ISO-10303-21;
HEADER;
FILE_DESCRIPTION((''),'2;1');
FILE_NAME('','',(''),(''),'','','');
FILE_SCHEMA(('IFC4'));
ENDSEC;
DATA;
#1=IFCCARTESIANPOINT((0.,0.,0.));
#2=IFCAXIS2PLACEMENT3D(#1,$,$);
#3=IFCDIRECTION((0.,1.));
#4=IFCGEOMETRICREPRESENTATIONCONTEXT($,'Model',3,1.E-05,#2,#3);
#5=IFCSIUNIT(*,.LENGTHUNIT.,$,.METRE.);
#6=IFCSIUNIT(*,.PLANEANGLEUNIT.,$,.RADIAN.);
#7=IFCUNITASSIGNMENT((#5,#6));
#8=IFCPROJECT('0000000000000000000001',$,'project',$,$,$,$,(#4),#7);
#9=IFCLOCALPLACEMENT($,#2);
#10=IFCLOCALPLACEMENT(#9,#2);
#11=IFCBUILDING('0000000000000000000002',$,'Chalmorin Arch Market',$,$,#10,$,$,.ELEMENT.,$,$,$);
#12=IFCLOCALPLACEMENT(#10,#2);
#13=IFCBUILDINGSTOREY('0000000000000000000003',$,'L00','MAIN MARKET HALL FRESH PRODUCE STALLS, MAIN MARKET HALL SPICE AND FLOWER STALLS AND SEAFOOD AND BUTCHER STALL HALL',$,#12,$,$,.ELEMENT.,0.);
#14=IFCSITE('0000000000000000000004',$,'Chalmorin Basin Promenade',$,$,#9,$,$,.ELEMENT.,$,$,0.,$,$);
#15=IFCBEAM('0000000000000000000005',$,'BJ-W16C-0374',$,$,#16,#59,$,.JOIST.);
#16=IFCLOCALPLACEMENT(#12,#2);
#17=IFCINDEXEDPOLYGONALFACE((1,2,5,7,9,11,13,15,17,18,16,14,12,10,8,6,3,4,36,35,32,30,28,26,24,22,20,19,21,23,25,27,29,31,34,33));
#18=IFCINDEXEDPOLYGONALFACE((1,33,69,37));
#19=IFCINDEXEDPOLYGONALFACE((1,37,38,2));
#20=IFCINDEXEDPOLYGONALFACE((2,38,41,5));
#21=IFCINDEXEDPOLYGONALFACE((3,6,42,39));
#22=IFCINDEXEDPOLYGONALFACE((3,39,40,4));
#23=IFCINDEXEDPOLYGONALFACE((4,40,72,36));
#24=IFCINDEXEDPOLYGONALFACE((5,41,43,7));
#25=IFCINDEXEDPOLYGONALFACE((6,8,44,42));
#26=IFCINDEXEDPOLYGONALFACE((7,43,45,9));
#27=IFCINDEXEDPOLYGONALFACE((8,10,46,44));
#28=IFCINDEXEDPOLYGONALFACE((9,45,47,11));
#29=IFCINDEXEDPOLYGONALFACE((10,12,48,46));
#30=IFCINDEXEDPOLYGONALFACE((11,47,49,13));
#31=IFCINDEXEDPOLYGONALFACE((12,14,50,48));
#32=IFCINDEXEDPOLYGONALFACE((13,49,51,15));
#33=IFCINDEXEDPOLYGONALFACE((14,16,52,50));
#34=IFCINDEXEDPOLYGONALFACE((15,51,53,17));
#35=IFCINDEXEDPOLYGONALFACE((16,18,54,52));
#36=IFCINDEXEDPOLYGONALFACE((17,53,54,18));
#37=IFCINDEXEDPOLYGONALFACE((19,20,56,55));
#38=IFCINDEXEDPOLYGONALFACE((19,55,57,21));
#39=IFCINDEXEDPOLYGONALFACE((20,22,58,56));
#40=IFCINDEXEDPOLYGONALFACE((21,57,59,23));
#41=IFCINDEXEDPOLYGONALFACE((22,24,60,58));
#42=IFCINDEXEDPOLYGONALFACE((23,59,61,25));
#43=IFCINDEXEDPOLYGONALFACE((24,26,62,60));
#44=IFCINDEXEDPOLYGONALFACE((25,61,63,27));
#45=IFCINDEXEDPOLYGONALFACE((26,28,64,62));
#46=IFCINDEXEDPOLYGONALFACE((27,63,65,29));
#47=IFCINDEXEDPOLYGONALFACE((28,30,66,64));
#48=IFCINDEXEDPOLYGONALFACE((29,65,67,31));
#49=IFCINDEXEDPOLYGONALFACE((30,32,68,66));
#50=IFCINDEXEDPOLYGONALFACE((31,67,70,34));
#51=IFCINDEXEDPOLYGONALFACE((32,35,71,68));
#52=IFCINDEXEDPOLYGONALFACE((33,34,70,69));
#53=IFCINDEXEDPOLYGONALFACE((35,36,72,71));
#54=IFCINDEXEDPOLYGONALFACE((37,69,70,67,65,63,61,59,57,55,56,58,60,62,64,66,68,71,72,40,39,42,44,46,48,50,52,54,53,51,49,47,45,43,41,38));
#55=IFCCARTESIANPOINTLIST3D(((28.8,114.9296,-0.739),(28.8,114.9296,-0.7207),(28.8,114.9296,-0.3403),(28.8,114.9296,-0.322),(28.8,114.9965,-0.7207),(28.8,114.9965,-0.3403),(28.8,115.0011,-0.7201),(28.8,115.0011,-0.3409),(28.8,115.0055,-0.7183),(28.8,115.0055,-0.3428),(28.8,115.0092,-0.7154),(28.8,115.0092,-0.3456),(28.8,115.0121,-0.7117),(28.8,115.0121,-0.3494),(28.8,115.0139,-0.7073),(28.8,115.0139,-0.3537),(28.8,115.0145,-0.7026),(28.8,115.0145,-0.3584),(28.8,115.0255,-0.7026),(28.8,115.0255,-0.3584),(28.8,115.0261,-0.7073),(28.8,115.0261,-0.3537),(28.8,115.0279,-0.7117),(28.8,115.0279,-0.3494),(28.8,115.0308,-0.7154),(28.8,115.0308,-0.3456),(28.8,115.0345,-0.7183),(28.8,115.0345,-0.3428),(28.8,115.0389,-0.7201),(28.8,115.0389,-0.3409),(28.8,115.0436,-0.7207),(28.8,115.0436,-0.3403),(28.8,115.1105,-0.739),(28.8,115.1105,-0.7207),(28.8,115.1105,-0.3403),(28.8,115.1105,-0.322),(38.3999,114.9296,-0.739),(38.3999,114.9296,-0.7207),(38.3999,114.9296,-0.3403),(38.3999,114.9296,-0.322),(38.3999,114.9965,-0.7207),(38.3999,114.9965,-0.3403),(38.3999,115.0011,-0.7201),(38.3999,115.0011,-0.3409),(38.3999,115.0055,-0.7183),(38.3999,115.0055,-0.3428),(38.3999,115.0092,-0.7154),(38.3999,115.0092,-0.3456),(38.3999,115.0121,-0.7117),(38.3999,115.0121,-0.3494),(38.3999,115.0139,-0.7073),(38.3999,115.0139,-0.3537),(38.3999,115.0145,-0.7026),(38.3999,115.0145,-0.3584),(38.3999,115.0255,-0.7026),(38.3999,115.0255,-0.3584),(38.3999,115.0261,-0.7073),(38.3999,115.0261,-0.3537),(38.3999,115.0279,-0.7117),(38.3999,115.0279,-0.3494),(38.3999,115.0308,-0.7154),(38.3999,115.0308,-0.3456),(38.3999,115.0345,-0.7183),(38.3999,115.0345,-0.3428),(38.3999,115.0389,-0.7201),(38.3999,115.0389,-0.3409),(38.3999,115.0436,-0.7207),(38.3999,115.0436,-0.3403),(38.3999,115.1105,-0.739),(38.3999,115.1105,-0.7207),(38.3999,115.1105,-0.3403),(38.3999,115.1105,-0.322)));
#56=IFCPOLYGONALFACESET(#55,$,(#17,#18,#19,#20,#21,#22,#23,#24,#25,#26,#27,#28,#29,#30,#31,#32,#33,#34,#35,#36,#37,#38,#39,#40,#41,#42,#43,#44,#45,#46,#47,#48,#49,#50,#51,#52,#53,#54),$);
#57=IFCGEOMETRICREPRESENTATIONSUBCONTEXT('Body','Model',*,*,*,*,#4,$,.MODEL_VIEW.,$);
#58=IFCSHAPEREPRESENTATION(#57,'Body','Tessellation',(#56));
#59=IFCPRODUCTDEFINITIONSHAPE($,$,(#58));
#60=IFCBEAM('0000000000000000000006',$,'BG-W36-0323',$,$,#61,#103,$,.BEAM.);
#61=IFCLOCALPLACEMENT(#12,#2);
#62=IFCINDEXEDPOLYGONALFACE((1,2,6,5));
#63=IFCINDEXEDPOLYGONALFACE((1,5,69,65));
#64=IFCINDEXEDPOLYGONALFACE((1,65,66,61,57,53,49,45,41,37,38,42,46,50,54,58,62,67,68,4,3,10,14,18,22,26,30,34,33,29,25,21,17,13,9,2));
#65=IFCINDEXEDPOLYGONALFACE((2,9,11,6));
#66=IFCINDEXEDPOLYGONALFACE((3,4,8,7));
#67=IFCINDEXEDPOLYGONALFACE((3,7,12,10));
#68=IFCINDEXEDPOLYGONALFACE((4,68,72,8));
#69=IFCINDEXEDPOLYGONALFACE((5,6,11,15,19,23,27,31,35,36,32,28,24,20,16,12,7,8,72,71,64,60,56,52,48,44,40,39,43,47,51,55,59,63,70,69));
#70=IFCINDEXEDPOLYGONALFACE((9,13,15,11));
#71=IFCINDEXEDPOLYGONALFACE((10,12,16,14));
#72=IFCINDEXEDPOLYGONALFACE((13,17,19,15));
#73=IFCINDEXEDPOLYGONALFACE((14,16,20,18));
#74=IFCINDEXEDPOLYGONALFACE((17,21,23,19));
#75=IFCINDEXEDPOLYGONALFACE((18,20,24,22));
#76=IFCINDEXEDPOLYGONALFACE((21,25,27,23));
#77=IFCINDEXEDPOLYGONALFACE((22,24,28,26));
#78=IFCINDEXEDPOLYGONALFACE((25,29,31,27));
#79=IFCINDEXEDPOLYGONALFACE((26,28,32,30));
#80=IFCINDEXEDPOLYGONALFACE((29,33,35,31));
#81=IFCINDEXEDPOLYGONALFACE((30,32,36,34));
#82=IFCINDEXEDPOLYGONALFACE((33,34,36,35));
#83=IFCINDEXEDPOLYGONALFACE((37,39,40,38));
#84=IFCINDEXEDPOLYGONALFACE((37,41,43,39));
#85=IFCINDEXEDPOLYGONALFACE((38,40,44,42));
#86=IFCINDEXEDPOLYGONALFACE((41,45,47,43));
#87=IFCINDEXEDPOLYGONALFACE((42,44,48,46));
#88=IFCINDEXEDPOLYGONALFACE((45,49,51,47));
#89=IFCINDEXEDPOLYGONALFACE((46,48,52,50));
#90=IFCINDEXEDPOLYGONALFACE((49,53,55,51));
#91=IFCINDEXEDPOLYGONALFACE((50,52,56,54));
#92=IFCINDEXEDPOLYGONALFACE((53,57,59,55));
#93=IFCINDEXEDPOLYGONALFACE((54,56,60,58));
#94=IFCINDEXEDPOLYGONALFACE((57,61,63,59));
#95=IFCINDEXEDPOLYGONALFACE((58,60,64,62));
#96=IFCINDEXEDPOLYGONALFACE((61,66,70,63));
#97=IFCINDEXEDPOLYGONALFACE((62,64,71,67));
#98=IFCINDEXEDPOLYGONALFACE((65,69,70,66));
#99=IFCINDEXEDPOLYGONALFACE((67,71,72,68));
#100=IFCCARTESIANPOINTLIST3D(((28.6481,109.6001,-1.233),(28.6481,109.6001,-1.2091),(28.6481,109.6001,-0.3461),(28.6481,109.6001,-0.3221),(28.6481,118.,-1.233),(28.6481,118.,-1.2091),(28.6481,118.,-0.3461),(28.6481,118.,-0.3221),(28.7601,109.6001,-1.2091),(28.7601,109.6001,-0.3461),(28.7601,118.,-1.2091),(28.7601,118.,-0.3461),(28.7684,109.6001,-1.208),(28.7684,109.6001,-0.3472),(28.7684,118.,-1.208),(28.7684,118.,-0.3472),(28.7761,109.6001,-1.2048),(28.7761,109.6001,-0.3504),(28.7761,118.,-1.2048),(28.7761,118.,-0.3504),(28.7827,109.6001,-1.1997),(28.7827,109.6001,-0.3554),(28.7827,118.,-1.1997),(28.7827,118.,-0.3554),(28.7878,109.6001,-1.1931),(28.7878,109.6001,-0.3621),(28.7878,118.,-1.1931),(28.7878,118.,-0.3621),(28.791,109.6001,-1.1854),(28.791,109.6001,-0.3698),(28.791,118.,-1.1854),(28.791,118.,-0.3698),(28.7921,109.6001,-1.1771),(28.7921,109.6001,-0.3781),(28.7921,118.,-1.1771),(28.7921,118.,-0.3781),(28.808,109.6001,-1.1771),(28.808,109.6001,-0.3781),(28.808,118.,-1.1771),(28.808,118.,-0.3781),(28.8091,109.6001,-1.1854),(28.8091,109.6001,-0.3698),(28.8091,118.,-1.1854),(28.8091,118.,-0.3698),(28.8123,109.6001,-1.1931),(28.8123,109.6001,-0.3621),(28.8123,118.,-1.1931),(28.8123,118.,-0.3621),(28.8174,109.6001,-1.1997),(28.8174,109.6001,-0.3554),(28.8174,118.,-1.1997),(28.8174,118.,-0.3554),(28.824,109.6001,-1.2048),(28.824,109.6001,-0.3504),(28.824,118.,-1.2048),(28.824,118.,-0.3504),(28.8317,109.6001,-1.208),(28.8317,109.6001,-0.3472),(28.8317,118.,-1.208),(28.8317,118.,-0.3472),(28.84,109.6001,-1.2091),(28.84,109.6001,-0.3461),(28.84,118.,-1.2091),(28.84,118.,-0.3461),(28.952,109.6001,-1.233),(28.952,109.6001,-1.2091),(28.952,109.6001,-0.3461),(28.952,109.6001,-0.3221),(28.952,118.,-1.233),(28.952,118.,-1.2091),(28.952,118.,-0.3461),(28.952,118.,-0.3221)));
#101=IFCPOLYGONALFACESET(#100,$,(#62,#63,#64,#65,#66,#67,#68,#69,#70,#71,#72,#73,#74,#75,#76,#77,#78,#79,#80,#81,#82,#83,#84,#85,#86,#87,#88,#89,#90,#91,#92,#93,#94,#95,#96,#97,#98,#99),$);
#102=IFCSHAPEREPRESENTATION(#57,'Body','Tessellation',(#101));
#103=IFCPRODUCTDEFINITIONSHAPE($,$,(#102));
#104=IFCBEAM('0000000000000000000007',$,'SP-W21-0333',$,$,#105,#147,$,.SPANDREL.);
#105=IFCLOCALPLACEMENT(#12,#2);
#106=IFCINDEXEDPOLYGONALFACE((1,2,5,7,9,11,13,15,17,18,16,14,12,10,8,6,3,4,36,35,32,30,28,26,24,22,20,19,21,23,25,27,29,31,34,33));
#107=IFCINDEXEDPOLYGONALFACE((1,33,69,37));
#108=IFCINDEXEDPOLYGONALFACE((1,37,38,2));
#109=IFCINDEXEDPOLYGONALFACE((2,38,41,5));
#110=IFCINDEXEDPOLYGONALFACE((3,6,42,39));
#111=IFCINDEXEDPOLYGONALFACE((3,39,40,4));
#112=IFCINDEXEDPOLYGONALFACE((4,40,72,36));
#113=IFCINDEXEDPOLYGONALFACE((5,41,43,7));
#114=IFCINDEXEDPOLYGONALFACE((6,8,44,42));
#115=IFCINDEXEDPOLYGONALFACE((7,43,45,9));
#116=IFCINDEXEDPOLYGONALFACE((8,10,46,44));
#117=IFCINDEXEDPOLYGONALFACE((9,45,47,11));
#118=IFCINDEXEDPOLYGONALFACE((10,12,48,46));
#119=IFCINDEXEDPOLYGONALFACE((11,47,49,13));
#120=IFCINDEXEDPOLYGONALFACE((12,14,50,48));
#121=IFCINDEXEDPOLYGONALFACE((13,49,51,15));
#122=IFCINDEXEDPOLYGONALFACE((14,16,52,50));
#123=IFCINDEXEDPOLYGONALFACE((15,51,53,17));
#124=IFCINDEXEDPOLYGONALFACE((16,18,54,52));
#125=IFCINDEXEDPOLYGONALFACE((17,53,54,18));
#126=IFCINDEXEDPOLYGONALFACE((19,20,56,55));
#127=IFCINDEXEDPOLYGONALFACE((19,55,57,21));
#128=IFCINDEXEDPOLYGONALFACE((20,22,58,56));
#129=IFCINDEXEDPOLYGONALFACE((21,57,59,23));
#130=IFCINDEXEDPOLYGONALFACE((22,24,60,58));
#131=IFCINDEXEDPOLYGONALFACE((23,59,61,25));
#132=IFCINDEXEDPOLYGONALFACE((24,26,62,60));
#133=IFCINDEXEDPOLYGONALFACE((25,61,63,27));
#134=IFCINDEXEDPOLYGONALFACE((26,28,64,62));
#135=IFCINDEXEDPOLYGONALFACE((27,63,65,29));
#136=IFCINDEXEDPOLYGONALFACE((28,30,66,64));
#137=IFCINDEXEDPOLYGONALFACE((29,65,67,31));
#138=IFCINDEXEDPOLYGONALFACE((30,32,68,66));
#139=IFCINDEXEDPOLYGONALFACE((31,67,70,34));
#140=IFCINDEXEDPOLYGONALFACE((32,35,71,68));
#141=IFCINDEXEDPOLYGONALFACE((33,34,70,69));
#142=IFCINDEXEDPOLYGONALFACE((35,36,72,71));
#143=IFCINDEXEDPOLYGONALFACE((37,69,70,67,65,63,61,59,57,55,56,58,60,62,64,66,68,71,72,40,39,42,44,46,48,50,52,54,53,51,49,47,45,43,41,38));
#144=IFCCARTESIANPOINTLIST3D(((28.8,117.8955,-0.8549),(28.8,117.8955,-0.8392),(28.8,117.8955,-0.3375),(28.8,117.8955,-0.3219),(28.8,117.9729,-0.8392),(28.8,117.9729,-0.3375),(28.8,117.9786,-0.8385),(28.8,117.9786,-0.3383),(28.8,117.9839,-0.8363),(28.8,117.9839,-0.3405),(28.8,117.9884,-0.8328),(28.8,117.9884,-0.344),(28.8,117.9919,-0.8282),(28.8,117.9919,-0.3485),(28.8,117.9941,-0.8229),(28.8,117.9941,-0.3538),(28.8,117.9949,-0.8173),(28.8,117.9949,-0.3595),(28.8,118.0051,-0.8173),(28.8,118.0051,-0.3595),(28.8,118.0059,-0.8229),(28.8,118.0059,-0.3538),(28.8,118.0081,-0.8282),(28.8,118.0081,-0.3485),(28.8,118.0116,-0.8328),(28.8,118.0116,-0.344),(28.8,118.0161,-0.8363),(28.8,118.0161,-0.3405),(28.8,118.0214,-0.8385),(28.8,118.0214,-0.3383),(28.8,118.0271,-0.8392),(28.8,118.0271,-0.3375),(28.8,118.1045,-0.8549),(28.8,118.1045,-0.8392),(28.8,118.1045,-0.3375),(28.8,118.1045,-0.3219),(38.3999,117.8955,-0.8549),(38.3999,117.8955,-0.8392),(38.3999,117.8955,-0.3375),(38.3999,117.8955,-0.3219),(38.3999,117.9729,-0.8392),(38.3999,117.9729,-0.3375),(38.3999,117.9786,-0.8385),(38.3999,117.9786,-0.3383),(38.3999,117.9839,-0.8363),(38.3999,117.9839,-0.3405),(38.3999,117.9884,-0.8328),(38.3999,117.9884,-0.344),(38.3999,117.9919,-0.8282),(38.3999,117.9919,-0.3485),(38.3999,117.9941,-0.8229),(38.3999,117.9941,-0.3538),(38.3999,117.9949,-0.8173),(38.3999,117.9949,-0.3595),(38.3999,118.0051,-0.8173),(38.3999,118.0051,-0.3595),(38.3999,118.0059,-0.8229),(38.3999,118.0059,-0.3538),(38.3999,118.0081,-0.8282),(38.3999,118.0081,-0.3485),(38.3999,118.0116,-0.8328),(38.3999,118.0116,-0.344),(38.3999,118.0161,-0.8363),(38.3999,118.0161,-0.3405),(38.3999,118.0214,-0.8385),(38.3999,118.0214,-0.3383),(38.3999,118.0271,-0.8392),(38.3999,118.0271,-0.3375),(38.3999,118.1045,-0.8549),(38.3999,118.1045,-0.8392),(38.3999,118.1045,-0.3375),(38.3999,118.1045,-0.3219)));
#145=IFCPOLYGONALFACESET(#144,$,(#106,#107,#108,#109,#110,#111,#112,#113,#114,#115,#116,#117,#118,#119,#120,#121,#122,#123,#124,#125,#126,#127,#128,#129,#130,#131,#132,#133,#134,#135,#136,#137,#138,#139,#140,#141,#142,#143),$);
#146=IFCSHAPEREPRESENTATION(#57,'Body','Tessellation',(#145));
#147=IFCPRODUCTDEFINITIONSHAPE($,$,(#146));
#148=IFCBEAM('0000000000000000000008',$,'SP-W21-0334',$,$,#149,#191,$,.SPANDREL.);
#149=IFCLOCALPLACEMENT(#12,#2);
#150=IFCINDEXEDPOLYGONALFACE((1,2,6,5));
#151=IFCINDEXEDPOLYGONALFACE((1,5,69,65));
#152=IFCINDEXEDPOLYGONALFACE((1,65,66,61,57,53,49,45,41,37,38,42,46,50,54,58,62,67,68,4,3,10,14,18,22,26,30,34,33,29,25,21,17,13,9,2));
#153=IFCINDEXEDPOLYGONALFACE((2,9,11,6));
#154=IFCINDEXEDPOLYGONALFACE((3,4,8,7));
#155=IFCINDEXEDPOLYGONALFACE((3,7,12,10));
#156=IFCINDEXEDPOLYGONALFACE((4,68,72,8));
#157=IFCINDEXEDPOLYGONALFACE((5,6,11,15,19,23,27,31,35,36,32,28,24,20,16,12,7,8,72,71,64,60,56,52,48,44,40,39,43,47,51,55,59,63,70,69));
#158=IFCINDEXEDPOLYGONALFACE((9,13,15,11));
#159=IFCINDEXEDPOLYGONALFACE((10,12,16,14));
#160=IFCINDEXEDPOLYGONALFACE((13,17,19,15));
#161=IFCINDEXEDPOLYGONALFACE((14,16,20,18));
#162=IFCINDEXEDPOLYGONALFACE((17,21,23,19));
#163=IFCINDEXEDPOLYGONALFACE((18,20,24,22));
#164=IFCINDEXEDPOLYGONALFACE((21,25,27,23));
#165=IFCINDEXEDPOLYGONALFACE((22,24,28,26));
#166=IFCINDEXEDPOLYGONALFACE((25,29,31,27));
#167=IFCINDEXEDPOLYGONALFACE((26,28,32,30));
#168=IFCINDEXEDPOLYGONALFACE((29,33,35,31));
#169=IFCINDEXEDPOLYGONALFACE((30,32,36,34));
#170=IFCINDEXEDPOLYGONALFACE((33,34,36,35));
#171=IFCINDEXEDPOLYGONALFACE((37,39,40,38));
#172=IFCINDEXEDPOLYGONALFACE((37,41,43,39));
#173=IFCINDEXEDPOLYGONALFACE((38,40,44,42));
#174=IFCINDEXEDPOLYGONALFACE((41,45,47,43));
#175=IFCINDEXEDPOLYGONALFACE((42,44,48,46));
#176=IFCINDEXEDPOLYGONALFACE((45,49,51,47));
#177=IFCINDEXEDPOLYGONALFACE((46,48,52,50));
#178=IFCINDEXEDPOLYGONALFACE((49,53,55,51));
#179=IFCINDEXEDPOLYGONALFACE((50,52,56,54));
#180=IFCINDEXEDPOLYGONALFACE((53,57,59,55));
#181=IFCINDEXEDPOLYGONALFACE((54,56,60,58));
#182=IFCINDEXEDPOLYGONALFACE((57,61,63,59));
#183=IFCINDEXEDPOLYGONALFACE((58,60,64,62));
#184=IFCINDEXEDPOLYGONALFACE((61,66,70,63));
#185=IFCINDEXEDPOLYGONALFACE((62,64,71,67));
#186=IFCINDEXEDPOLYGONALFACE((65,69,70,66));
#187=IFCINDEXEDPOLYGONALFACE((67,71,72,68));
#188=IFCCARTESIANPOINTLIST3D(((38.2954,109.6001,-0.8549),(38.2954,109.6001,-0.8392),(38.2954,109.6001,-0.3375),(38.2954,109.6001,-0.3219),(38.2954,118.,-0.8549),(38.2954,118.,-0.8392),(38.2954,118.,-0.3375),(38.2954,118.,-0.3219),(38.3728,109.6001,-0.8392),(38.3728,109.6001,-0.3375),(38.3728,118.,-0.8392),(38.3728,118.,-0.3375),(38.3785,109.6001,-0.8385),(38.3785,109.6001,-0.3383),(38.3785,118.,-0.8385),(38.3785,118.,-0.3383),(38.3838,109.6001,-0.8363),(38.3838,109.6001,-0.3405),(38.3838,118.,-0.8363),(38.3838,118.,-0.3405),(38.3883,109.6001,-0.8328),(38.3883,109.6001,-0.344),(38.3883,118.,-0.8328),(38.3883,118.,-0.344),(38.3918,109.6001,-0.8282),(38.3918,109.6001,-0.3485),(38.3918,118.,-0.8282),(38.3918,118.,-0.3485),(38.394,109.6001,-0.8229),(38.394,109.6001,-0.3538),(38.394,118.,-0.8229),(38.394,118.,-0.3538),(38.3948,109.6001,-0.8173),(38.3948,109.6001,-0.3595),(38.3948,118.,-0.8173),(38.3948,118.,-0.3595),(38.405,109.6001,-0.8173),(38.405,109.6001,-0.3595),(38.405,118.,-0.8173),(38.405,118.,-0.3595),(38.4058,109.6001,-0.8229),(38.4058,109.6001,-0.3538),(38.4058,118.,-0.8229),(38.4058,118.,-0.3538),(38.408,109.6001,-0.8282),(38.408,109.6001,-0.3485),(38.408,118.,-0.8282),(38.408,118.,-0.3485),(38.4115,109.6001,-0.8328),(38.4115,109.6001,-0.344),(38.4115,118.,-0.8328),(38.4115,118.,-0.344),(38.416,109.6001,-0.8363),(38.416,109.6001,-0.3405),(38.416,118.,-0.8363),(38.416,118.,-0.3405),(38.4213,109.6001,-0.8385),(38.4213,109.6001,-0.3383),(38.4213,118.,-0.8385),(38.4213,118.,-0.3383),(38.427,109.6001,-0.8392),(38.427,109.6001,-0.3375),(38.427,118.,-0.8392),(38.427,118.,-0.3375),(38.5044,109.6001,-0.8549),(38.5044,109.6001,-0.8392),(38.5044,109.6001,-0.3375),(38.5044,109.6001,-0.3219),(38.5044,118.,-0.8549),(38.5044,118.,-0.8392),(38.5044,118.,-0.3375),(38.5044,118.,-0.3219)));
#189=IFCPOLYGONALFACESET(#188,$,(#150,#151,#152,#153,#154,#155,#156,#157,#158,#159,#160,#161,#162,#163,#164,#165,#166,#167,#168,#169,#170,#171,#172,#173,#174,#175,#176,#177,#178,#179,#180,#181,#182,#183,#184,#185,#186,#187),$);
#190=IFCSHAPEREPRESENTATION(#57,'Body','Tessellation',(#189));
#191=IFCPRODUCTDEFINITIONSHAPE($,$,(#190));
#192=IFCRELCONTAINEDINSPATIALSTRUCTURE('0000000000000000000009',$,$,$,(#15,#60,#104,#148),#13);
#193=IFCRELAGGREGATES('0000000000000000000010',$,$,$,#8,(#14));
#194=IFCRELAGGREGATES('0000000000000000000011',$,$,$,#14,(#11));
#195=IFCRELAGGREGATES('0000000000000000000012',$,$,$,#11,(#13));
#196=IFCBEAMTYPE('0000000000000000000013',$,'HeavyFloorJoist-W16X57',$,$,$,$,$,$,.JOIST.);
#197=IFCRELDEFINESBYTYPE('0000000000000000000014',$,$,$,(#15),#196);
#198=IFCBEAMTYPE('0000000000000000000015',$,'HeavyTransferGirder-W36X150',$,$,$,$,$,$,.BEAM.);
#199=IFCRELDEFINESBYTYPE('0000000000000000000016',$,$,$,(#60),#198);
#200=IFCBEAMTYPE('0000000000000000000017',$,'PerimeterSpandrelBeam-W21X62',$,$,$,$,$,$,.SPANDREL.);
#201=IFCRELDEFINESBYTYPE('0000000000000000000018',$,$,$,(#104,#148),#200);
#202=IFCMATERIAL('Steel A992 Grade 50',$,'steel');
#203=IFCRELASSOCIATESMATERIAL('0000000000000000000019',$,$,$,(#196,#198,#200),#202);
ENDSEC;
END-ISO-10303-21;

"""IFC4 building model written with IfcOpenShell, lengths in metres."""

from ifc_helpers import new_model, si_unit, direction, frame, origin, origin_2d, place, context, subcontext, project, spatial, i_section, extrude, material, material_profile, profile_set, type_object, element, save


model = new_model("IFC4")

# Units and contexts
model_context = context("Model", 3, precision=1e-05, world=origin(), true_north=direction((0.0, 1.0)))
body_context = subcontext(model_context, "Body", "Model", "MODEL_VIEW")
ifc_project = project(units=[si_unit("LENGTHUNIT", "METRE"), si_unit("PLANEANGLEUNIT", "RADIAN")], contexts=[model_context])

# Site, building, storey
site_placement = place(None, origin())
site = spatial("IfcSite", under=ifc_project, at=site_placement, Name="Chalmorin Basin Promenade", CompositionType="ELEMENT", RefElevation=0.0)
building_placement = place(site_placement, origin())
building = spatial("IfcBuilding", under=site, at=building_placement, Name="Chalmorin Arch Market", CompositionType="ELEMENT")
storey_placement = place(building_placement, origin())
storey = spatial("IfcBuildingStorey", under=building, at=storey_placement, Name="L00", Description="MAIN MARKET HALL FRESH PRODUCE STALLS, MAIN MARKET HALL SPICE AND FLOWER STALLS AND SEAFOOD AND BUTCHER STALL HALL", CompositionType="ELEMENT", Elevation=0.0)

# Beams
ifc_material_1 = material(Name="Steel A992 Grade 50", Category="steel")
ifc_material_profile_1 = material_profile(ifc_material_1, i_section(OverallWidth=0.1809, OverallDepth=0.417, WebThickness=0.011, FlangeThickness=0.0183, FilletRadius=0.0181, at=origin_2d()), Name="W16X57")
ifc_profile_set_1 = profile_set([ifc_material_profile_1], Name="Steel A992 Grade 50")
beam_type_1 = type_object("IfcBeamType", Name="HeavyFloorJoist-W16X57", PredefinedType="JOIST", material=ifc_profile_set_1)
for number, where, z_axis, x_axis, name in (
    (1, (28.8, 115.02, -0.5305), (1.0, 0.0, 0.0), (0.0, 1.0, 0.0), "BJ-W16C-0374"),
):
    element("IfcBeam", number, at=place(storey_placement, frame(where, z_axis=z_axis, x_axis=x_axis)), inside=storey, type_object=beam_type_1, Name=name, PredefinedType="JOIST", context=body_context, shape_type="SweptSolid", body=[
        extrude(i_section(OverallWidth=0.1809, OverallDepth=0.417, WebThickness=0.011, FlangeThickness=0.0183, FilletRadius=0.0181, at=origin_2d()), origin(), (0.0, 0.0, 1.0), 9.5999),
    ])
ifc_material_profile_2 = material_profile(ifc_material_1, i_section(OverallWidth=0.304, OverallDepth=0.9109, WebThickness=0.0159, FlangeThickness=0.0239, FilletRadius=0.032, at=origin_2d()), Name="W36X150")
ifc_profile_set_2 = profile_set([ifc_material_profile_2], Name="Steel A992 Grade 50")
beam_type_2 = type_object("IfcBeamType", Name="HeavyTransferGirder-W36X150", PredefinedType="BEAM", material=ifc_profile_set_2)
beam_1_placement = place(storey_placement, frame((28.8, 109.6001, -0.7776), z_axis=(0.0, 1.0, 0.0), x_axis=(-1.0, 0.0, 0.0)))
element("IfcBeam", 2, at=beam_1_placement, inside=storey, type_object=beam_type_2, Name="BG-W36-0323", PredefinedType="BEAM", context=body_context, shape_type="SweptSolid", body=[
    extrude(i_section(OverallWidth=0.304, OverallDepth=0.9109, WebThickness=0.0159, FlangeThickness=0.0239, FilletRadius=0.032, at=origin_2d()), origin(), (0.0, 0.0, 1.0), 8.3999),
])
ifc_material_profile_3 = material_profile(ifc_material_1, i_section(OverallWidth=0.209, OverallDepth=0.533, WebThickness=0.0103, FlangeThickness=0.0156, FilletRadius=0.022, at=origin_2d()), Name="W21X62")
ifc_profile_set_3 = profile_set([ifc_material_profile_3], Name="Steel A992 Grade 50")
beam_type_3 = type_object("IfcBeamType", Name="PerimeterSpandrelBeam-W21X62", PredefinedType="SPANDREL", material=ifc_profile_set_3)
beam_2_placement = place(storey_placement, frame((28.8, 118.0, -0.5884), z_axis=(1.0, 0.0, 0.0), x_axis=(0.0, 1.0, 0.0)))
element("IfcBeam", 3, at=beam_2_placement, inside=storey, type_object=beam_type_3, Name="SP-W21-0333", PredefinedType="SPANDREL", context=body_context, shape_type="SweptSolid", body=[
    extrude(i_section(OverallWidth=0.209, OverallDepth=0.533, WebThickness=0.0103, FlangeThickness=0.0156, FilletRadius=0.022, at=origin_2d()), origin(), (0.0, 0.0, 1.0), 9.5999),
])
beam_3_placement = place(storey_placement, frame((38.3999, 109.6001, -0.5884), z_axis=(0.0, 1.0, 0.0), x_axis=(-1.0, 0.0, 0.0)))
element("IfcBeam", 4, at=beam_3_placement, inside=storey, type_object=beam_type_3, Name="SP-W21-0334", PredefinedType="SPANDREL", context=body_context, shape_type="SweptSolid", body=[
    extrude(i_section(OverallWidth=0.209, OverallDepth=0.533, WebThickness=0.0103, FlangeThickness=0.0156, FilletRadius=0.022, at=origin_2d()), origin(), (0.0, 0.0, 1.0), 8.3999),
])

save(model, "model.ifc")
